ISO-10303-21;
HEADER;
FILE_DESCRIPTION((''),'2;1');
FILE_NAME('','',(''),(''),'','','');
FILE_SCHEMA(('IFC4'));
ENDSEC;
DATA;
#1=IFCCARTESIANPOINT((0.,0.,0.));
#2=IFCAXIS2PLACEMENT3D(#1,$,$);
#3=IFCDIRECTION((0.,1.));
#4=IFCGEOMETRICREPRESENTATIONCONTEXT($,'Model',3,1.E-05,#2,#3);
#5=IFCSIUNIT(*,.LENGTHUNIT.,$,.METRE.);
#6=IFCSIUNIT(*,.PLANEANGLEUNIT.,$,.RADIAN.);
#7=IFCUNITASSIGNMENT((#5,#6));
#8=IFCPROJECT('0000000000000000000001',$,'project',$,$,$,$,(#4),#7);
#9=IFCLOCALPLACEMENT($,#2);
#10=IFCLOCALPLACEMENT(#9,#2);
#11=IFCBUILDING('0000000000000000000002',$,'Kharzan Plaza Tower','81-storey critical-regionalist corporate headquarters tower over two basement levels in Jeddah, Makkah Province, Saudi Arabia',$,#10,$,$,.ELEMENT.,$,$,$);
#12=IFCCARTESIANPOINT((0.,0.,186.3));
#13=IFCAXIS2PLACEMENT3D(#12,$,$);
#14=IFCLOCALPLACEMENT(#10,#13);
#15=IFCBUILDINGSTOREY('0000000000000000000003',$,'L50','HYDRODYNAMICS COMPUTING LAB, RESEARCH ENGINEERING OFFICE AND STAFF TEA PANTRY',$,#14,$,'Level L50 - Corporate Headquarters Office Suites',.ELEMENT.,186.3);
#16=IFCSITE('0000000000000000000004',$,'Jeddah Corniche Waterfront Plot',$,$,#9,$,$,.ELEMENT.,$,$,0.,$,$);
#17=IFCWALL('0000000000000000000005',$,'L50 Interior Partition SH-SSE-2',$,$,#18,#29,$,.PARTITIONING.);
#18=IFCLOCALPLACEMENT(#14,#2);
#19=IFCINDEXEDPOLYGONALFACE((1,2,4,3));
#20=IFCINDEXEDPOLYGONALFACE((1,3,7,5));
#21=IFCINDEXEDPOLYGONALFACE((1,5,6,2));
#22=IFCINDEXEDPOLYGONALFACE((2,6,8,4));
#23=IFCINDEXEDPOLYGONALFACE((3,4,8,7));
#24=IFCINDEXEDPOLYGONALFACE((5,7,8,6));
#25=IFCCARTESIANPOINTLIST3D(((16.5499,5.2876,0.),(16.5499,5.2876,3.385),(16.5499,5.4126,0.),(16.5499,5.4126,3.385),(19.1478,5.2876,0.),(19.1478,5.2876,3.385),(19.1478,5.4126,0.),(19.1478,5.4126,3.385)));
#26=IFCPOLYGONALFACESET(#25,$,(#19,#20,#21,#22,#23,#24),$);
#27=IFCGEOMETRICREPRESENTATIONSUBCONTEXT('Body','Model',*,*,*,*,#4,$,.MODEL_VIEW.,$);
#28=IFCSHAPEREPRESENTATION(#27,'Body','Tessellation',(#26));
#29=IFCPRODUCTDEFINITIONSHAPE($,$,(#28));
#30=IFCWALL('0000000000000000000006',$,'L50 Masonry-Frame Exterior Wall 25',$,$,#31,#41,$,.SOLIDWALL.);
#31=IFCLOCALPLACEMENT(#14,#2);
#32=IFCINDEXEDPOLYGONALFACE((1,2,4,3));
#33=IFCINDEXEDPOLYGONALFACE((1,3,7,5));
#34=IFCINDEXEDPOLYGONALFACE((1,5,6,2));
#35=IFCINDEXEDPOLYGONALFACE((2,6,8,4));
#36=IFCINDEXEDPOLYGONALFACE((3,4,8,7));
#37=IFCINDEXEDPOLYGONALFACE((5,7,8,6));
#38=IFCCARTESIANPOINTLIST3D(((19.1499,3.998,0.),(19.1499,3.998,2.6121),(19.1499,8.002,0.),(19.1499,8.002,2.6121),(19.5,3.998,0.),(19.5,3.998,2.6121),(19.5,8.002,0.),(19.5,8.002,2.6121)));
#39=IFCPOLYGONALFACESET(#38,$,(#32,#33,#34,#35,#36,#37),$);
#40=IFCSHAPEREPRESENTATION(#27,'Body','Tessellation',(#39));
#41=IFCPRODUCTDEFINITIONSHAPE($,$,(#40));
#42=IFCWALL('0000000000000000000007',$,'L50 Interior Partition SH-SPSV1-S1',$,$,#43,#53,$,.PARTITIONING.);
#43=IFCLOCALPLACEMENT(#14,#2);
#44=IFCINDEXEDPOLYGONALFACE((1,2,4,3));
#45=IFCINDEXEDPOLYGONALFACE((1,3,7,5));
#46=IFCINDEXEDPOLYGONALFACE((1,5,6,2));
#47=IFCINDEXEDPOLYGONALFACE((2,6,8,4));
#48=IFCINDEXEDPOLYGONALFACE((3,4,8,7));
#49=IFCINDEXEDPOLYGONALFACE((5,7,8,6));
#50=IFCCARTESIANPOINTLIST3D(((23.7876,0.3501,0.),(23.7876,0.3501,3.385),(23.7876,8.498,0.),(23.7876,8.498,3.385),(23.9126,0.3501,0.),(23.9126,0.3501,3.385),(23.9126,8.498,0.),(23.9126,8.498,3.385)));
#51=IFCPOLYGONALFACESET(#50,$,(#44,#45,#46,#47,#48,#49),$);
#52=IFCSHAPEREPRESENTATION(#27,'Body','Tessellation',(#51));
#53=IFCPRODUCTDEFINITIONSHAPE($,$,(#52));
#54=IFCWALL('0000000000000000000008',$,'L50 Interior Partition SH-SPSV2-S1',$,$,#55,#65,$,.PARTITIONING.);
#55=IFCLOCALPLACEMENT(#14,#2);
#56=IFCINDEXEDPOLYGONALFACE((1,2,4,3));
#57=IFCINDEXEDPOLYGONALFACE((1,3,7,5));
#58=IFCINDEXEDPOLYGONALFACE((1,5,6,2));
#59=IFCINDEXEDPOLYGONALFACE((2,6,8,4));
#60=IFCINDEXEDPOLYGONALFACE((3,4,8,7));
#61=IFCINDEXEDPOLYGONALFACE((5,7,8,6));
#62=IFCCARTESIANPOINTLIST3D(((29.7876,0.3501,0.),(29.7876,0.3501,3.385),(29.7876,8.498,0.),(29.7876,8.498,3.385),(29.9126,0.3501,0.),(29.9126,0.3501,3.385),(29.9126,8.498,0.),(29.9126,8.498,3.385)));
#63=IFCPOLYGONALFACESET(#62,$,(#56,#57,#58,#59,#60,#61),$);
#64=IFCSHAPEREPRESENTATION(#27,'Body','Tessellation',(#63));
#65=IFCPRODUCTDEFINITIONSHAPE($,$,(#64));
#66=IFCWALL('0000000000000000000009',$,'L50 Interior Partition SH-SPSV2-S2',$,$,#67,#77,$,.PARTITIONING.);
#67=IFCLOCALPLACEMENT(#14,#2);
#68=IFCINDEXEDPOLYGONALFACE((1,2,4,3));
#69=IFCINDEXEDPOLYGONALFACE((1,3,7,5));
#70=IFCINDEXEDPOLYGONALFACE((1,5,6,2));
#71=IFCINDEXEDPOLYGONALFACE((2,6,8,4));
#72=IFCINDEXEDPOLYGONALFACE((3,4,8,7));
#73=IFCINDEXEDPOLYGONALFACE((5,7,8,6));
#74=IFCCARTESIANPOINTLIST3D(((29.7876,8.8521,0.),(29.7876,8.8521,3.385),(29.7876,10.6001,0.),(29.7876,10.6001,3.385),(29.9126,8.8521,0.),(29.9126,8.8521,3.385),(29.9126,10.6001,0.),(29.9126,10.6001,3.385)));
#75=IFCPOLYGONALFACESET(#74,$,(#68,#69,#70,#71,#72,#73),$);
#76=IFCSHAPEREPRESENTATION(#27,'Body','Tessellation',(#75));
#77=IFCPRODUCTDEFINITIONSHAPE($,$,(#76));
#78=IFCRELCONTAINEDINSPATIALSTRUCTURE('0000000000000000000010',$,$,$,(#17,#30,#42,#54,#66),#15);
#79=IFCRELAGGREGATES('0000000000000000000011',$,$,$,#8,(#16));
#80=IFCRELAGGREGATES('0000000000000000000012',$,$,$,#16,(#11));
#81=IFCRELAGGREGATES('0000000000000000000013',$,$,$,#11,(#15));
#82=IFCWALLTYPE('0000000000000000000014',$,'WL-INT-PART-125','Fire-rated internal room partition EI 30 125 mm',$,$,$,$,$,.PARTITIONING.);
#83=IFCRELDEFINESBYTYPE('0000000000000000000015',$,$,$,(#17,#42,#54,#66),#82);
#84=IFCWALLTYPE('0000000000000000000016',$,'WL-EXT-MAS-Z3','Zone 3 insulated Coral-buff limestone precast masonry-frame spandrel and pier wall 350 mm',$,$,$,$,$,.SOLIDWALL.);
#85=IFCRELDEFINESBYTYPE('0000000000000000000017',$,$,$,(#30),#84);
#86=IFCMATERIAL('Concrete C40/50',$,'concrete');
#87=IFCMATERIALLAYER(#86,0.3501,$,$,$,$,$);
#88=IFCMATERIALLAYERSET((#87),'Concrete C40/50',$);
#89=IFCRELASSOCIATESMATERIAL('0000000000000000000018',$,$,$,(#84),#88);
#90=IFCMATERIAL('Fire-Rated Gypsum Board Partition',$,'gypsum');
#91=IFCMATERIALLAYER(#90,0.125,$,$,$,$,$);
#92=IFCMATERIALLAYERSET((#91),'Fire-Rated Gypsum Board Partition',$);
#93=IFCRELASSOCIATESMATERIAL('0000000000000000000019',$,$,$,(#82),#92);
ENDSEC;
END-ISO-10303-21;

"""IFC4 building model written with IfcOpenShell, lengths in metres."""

from ifc_helpers import new_model, si_unit, direction, frame, frame_2d, origin, place, context, subcontext, project, spatial, rectangle, extrude, source, transform, mapped, material, layer, layer_set, type_object, element, save


model = new_model("IFC4")

# Units and contexts
model_context = context("Model", 3, precision=1e-05, world=origin(), true_north=direction((0.0, 1.0)))
body_context = subcontext(model_context, "Body", "Model", "MODEL_VIEW")
ifc_project = project(units=[si_unit("LENGTHUNIT", "METRE"), si_unit("PLANEANGLEUNIT", "RADIAN")], contexts=[model_context])

# Site, building, storey
site_placement = place(None, origin())
site = spatial("IfcSite", under=ifc_project, at=site_placement, Name="Jeddah Corniche Waterfront Plot", CompositionType="ELEMENT", RefElevation=0.0)
building_placement = place(site_placement, origin())
building = spatial("IfcBuilding", under=site, at=building_placement, Name="Kharzan Plaza Tower", Description="81-storey critical-regionalist corporate headquarters tower over two basement levels in Jeddah, Makkah Province, Saudi Arabia", CompositionType="ELEMENT")
storey_placement = place(building_placement, frame((0.0, 0.0, 186.3)))
storey = spatial("IfcBuildingStorey", under=building, at=storey_placement, Name="L50", Description="HYDRODYNAMICS COMPUTING LAB, RESEARCH ENGINEERING OFFICE AND STAFF TEA PANTRY", LongName="Level L50 - Corporate Headquarters Office Suites", CompositionType="ELEMENT", Elevation=186.3)

# Shared definitions
ifc_material_1 = material(Name="Concrete C40/50", Category="concrete")
ifc_layer_1 = layer(ifc_material_1, 0.3501)
ifc_layer_set_1 = layer_set([ifc_layer_1], Name="Concrete C40/50")
wall_type_1 = type_object("IfcWallType", Name="WL-EXT-MAS-Z3", Description="Zone 3 insulated Coral-buff limestone precast masonry-frame spandrel and pier wall 350 mm", PredefinedType="SOLIDWALL", material=ifc_layer_set_1)

# Walls
ifc_material_2 = material(Name="Fire-Rated Gypsum Board Partition", Category="gypsum")
ifc_layer_2 = layer(ifc_material_2, 0.125)
ifc_layer_set_2 = layer_set([ifc_layer_2], Name="Fire-Rated Gypsum Board Partition")
wall_type_2 = type_object("IfcWallType", Name="WL-INT-PART-125", Description="Fire-rated internal room partition EI 30 125 mm", PredefinedType="PARTITIONING", material=ifc_layer_set_2)
shared_shape_1 = source(origin(), body_context, "Body", "SweptSolid", [
    extrude(rectangle(XDim=2.5979, YDim=0.125, at=frame_2d((1.2988, 0.0))), origin(), (0.0, 0.0, 1.0), 3.385),
])
wall_1_placement = place(storey_placement, frame((16.55, 5.3501, 0.0), z_axis=(0.0, 0.0, 1.0), x_axis=(1.0, 0.0, 0.0)))
element("IfcWall", 1, at=wall_1_placement, inside=storey, type_object=wall_type_2, Name="L50 Interior Partition SH-SSE-2", PredefinedType="PARTITIONING", context=body_context, shape_type="MappedRepresentation", body=[
    mapped(shared_shape_1, transform((0.0, 0.0, 0.0), x_axis=(1.0, 0.0, 0.0), y_axis=(0.0, 1.0, 0.0), z_axis=(0.0, 0.0, 1.0))),
])
shared_shape_2 = source(origin(), body_context, "Body", "SweptSolid", [
    extrude(rectangle(XDim=4.0039, YDim=0.3501, at=frame_2d((2.002, 0.0))), origin(), (0.0, 0.0, 1.0), 2.6121),
])
wall_2_placement = place(storey_placement, frame((19.325, 3.998, 0.0), z_axis=(0.0, 0.0, 1.0), x_axis=(0.0, 1.0, 0.0)))
element("IfcWall", 2, at=wall_2_placement, inside=storey, type_object=wall_type_1, Name="L50 Masonry-Frame Exterior Wall 25", PredefinedType="SOLIDWALL", context=body_context, shape_type="MappedRepresentation", body=[
    mapped(shared_shape_2, transform((0.0, 0.0, 0.0), x_axis=(1.0, 0.0, 0.0), y_axis=(0.0, 1.0, 0.0), z_axis=(0.0, 0.0, 1.0))),
])
shared_shape_3 = source(origin(), body_context, "Body", "SweptSolid", [
    extrude(rectangle(XDim=8.1479, YDim=0.125, at=frame_2d((4.074, 0.0))), origin(), (0.0, 0.0, 1.0), 3.385),
])
for number, where, z_axis, x_axis, name in (
    (3, (23.8501, 0.3501, 0.0), (0.0, 0.0, 1.0), (0.0, 1.0, 0.0), "L50 Interior Partition SH-SPSV1-S1"),
    (4, (29.8501, 0.3501, 0.0), (0.0, 0.0, 1.0), (0.0, 1.0, 0.0), "L50 Interior Partition SH-SPSV2-S1"),
):
    element("IfcWall", number, at=place(storey_placement, frame(where, z_axis=z_axis, x_axis=x_axis)), inside=storey, type_object=wall_type_2, Name=name, PredefinedType="PARTITIONING", context=body_context, shape_type="MappedRepresentation", body=[
        mapped(shared_shape_3, transform((0.0, 0.0, 0.0), x_axis=(1.0, 0.0, 0.0), y_axis=(0.0, 1.0, 0.0), z_axis=(0.0, 0.0, 1.0))),
    ])
shared_shape_4 = source(origin(), body_context, "Body", "SweptSolid", [
    extrude(rectangle(XDim=1.748, YDim=0.125, at=frame_2d((0.874, 0.0))), origin(), (0.0, 0.0, 1.0), 3.385),
])
wall_3_placement = place(storey_placement, frame((29.8501, 8.8521, 0.0), z_axis=(0.0, 0.0, 1.0), x_axis=(0.0, 1.0, 0.0)))
element("IfcWall", 5, at=wall_3_placement, inside=storey, type_object=wall_type_2, Name="L50 Interior Partition SH-SPSV2-S2", PredefinedType="PARTITIONING", context=body_context, shape_type="MappedRepresentation", body=[
    mapped(shared_shape_4, transform((0.0, 0.0, 0.0), x_axis=(1.0, 0.0, 0.0), y_axis=(0.0, 1.0, 0.0), z_axis=(0.0, 0.0, 1.0))),
])

save(model, "model.ifc")
